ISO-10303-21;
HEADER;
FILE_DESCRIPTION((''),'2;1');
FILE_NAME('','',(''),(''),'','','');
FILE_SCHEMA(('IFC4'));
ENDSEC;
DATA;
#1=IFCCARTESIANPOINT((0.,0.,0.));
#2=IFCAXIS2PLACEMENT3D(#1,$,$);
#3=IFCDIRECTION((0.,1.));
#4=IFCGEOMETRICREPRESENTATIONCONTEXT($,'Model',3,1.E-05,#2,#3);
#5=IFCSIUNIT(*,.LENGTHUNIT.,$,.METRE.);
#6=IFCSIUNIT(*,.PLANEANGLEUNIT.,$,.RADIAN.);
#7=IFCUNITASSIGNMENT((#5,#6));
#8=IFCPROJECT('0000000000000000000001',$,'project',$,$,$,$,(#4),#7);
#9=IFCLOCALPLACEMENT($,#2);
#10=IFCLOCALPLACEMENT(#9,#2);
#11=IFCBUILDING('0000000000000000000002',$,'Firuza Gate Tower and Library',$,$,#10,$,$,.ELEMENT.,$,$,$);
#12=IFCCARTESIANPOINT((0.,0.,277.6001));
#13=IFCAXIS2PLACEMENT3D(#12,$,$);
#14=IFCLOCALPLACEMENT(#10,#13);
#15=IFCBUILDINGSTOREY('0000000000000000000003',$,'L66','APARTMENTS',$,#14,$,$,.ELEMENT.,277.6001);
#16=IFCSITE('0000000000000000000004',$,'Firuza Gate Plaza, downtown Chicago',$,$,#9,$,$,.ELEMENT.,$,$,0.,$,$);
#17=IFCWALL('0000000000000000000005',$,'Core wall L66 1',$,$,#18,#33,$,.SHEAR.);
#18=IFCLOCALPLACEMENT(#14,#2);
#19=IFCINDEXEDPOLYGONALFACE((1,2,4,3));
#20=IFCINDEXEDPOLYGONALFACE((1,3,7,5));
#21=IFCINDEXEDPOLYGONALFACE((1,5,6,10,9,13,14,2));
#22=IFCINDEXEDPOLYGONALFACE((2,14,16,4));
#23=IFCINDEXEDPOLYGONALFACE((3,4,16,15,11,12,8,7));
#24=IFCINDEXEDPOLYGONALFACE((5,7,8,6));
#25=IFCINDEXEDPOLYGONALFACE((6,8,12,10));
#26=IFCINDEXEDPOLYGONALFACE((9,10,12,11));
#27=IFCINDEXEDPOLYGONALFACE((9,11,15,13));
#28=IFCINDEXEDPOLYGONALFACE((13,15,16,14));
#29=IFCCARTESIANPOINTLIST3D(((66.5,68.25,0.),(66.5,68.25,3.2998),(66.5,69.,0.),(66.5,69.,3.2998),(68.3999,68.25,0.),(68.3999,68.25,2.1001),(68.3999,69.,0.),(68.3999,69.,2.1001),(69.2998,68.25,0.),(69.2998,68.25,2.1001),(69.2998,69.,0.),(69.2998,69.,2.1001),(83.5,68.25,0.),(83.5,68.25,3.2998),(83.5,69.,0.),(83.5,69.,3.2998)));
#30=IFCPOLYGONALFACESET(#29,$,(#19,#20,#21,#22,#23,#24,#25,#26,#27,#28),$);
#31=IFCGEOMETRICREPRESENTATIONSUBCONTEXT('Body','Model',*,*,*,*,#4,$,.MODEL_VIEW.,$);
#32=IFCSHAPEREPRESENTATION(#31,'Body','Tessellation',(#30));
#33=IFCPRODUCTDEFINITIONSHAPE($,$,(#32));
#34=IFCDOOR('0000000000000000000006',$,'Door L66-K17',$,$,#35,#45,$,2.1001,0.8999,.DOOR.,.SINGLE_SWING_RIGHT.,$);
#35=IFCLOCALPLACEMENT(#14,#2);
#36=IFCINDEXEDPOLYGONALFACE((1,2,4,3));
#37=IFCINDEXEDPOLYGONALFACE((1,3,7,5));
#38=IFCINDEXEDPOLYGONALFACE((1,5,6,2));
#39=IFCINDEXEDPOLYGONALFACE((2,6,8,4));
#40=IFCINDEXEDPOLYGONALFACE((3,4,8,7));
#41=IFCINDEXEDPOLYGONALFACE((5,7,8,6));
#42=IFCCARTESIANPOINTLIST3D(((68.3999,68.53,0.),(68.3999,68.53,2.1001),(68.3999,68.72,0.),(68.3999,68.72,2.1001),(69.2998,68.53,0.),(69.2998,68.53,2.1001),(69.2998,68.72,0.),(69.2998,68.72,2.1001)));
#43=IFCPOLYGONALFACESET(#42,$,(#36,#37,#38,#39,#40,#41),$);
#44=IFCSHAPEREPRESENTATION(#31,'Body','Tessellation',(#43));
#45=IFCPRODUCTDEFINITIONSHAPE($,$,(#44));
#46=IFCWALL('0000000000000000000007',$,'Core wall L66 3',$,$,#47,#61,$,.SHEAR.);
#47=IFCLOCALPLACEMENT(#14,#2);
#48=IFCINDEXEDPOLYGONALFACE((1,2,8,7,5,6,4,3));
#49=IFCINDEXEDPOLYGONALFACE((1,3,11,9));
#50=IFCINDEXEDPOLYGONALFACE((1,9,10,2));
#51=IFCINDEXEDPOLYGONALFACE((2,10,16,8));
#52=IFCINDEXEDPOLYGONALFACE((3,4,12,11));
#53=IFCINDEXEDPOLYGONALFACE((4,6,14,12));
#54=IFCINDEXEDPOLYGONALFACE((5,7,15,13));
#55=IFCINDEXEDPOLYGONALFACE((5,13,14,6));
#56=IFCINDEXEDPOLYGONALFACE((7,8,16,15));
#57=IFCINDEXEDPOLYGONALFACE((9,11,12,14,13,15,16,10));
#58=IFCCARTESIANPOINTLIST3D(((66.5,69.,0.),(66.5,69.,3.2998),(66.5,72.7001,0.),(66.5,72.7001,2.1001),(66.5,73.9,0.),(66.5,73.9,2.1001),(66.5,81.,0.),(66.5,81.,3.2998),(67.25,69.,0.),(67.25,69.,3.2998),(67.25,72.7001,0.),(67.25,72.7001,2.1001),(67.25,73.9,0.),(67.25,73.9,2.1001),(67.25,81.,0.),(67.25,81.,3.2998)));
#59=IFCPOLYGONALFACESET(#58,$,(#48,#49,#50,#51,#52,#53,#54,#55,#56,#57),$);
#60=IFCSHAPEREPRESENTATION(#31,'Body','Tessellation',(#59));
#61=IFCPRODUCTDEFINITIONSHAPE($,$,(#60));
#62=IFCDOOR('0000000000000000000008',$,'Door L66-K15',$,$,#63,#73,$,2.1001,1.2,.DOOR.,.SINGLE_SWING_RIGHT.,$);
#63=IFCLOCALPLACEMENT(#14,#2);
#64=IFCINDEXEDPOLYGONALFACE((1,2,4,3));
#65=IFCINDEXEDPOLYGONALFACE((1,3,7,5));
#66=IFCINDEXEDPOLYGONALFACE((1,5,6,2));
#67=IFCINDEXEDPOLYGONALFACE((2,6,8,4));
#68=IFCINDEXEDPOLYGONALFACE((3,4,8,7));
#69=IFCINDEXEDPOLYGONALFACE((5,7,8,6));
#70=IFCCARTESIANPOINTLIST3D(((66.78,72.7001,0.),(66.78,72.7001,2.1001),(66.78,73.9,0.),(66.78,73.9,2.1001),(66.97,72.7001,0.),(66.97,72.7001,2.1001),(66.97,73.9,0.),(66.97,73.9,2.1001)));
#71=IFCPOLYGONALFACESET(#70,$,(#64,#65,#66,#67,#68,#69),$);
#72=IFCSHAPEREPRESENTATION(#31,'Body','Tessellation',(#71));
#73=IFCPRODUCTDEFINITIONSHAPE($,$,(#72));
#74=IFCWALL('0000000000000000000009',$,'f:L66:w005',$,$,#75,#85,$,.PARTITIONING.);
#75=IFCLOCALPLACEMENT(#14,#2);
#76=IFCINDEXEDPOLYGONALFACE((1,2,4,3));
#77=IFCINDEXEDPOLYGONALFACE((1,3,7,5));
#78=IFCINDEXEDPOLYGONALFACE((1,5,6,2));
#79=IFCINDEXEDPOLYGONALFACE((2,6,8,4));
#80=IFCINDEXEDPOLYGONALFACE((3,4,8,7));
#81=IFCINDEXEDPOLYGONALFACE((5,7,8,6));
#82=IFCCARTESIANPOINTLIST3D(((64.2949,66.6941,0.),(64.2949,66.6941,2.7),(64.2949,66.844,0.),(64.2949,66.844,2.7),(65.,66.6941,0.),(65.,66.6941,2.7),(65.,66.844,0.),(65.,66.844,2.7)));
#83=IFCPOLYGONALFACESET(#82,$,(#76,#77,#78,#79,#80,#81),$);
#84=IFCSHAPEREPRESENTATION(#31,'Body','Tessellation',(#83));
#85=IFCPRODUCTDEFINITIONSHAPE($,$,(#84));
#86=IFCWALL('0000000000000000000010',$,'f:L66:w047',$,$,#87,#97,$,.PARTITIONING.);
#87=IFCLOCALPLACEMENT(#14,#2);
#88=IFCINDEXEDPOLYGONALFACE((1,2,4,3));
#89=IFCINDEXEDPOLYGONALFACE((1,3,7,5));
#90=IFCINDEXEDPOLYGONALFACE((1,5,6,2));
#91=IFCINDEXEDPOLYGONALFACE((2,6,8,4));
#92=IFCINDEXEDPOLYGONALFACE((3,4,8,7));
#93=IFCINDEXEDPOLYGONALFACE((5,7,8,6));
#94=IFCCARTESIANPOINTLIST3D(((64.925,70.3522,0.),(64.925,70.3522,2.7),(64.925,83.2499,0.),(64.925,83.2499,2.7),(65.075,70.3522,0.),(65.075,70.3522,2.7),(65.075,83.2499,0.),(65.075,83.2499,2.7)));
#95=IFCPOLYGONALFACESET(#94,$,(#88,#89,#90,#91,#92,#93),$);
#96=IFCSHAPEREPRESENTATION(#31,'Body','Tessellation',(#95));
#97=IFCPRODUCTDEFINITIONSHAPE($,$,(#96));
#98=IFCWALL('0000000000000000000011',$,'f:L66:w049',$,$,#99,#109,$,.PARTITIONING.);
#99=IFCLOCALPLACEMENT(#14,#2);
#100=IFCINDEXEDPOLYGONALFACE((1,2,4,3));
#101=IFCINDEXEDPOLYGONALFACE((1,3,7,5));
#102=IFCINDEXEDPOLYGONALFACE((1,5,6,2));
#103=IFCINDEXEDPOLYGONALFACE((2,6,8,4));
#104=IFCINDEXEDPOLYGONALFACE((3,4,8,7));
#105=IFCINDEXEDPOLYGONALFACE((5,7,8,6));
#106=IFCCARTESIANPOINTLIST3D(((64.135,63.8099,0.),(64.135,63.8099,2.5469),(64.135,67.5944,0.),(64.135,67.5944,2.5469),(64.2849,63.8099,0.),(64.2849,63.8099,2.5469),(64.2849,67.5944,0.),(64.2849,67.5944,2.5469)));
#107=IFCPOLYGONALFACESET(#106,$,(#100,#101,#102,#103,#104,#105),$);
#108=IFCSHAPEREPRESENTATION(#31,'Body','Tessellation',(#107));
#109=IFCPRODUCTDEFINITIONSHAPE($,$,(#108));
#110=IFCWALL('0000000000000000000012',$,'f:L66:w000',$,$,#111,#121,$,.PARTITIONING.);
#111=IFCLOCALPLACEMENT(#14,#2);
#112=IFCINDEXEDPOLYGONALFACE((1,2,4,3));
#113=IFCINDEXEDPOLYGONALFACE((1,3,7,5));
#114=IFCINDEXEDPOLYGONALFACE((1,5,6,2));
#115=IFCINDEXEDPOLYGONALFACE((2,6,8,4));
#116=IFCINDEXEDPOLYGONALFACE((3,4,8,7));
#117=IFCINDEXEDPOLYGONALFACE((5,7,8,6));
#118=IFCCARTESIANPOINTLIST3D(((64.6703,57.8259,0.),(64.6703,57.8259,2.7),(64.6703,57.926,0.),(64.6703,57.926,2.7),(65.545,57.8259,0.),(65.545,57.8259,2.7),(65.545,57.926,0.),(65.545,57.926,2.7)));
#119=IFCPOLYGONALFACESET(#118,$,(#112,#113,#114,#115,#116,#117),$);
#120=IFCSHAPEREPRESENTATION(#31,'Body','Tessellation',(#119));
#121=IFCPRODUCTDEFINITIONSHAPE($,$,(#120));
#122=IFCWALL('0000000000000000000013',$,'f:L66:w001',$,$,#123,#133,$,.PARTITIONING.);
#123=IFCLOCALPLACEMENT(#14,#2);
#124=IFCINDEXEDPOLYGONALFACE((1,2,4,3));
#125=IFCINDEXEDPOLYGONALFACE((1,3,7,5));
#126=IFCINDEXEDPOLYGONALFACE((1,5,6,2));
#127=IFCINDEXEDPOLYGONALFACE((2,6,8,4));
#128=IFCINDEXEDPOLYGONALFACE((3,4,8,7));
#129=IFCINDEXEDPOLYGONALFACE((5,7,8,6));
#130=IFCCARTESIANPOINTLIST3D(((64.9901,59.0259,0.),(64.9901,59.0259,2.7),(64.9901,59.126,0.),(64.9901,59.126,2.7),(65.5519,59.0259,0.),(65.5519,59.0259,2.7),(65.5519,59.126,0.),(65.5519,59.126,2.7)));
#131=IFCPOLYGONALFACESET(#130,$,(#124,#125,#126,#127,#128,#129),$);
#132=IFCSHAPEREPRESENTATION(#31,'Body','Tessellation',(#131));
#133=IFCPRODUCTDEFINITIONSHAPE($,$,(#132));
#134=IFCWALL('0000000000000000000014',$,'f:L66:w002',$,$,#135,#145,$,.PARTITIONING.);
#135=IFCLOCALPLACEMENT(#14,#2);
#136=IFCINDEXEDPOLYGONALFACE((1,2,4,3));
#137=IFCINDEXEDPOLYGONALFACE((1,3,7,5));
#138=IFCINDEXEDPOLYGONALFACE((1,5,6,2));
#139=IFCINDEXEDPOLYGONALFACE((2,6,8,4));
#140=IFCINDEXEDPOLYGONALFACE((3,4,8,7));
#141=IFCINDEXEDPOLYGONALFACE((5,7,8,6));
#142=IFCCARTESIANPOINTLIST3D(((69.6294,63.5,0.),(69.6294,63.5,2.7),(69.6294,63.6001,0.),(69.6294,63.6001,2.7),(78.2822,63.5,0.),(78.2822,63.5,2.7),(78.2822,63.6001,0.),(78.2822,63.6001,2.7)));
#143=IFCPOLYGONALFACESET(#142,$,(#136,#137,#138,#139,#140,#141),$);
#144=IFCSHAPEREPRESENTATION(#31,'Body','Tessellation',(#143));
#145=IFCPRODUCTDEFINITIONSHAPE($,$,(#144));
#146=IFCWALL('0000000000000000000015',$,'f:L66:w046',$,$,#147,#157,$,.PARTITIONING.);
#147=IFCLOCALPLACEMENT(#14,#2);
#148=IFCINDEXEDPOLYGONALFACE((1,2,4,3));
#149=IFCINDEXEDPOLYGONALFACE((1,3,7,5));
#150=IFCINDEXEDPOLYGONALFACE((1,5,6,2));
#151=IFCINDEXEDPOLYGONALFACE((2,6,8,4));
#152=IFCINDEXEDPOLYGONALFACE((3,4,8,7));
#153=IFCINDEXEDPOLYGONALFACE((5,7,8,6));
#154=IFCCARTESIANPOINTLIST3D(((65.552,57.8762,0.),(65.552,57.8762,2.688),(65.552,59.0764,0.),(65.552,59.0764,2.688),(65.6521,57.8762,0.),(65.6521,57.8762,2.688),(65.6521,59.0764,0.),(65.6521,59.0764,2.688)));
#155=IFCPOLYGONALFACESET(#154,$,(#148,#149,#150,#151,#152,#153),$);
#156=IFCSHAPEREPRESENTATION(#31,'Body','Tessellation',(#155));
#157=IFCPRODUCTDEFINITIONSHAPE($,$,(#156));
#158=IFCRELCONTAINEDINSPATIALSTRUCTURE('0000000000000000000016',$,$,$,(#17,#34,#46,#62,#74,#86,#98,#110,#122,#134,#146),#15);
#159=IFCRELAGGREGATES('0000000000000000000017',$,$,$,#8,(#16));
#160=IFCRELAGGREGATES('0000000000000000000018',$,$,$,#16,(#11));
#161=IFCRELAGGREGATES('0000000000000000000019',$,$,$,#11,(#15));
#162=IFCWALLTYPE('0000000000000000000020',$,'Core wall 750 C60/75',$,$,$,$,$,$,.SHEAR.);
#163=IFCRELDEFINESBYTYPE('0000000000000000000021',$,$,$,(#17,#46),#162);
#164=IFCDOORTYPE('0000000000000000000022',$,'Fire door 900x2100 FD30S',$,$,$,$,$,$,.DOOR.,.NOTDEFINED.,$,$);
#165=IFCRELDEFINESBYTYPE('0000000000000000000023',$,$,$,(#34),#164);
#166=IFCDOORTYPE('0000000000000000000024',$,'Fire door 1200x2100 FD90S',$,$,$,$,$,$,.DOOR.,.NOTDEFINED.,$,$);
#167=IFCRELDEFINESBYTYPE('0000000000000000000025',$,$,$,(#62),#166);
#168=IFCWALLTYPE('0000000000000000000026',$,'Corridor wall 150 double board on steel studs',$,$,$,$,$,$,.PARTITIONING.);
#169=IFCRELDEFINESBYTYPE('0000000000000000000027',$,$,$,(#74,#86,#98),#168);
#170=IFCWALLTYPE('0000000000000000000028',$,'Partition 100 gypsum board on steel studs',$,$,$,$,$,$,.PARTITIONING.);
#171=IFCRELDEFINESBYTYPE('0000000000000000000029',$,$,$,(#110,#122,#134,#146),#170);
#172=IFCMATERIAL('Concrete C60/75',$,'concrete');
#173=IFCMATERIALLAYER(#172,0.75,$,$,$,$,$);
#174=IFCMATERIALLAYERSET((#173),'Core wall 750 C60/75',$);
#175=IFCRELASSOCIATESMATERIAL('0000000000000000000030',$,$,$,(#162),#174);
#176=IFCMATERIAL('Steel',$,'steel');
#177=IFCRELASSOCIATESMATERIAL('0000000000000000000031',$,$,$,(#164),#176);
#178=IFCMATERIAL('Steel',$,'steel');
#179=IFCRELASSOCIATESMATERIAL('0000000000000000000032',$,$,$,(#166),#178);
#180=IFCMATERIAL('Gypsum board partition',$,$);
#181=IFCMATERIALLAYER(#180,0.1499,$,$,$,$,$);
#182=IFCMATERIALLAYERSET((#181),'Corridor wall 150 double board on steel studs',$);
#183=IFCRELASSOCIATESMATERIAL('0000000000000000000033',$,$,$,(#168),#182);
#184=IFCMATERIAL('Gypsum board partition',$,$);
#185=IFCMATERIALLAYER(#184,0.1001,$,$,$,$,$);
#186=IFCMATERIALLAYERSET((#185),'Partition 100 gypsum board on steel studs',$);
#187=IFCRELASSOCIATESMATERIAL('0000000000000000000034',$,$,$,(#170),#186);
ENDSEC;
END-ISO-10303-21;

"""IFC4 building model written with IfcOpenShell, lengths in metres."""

from ifc_helpers import new_model, si_unit, direction, frame, frame_2d, origin, place, context, subcontext, project, spatial, rectangle, extrude, material, layer, layer_set, type_object, element, fill, save


model = new_model("IFC4")

# Units and contexts
model_context = context("Model", 3, precision=1e-05, world=origin(), true_north=direction((0.0, 1.0)))
body_context = subcontext(model_context, "Body", "Model", "MODEL_VIEW")
ifc_project = project(units=[si_unit("LENGTHUNIT", "METRE"), si_unit("PLANEANGLEUNIT", "RADIAN")], contexts=[model_context])

# Site, building, storey
site_placement = place(None, origin())
site = spatial("IfcSite", under=ifc_project, at=site_placement, Name="Firuza Gate Plaza, downtown Chicago", CompositionType="ELEMENT", RefElevation=0.0)
building_placement = place(site_placement, origin())
building = spatial("IfcBuilding", under=site, at=building_placement, Name="Firuza Gate Tower and Library", CompositionType="ELEMENT")
storey_placement = place(building_placement, frame((0.0, 0.0, 277.6001)))
storey = spatial("IfcBuildingStorey", under=building, at=storey_placement, Name="L66", Description="APARTMENTS", CompositionType="ELEMENT", Elevation=277.6001)

# Walls, openings, doors
ifc_material_1 = material(Name="Concrete C60/75", Category="concrete")
ifc_layer_1 = layer(ifc_material_1, 0.75)
ifc_layer_set_1 = layer_set([ifc_layer_1], Name="Core wall 750 C60/75")
wall_type_1 = type_object("IfcWallType", Name="Core wall 750 C60/75", PredefinedType="SHEAR", material=ifc_layer_set_1)
wall_1_placement = place(storey_placement, frame((66.5, 68.625, 0.0), z_axis=(0.0, 0.0, 1.0), x_axis=(1.0, 0.0, 0.0)))
wall_1 = element("IfcWall", 1, at=wall_1_placement, inside=storey, type_object=wall_type_1, Name="Core wall L66 1", PredefinedType="SHEAR", context=body_context, shape_type="SweptSolid", body=[
    extrude(rectangle(XDim=17.0, YDim=0.75, at=frame_2d((8.5, 0.0))), origin(), (0.0, 0.0, 1.0), 3.2998),
])
opening_1_placement = place(wall_1_placement, frame((1.8999, 0.0, 0.0)))
opening_1 = element("IfcOpeningElement", 2, at=opening_1_placement, cuts=wall_1, PredefinedType="OPENING", context=body_context, shape_type="SweptSolid", body=[
    extrude(rectangle(XDim=0.8999, YDim=2.1001, at=frame_2d((0.45, 1.05))), frame((0.0, 0.385, 0.0), z_axis=(0.0, -1.0, 0.0), x_axis=(1.0, 0.0, 0.0)), (0.0, 0.0, 1.0), 0.77),
])
ifc_material_2 = material(Name="Steel", Category="steel")
door_type_1 = type_object("IfcDoorType", Name="Fire door 900x2100 FD30S", OperationType="NOTDEFINED", PredefinedType="DOOR", material=ifc_material_2)
door_1_placement = place(opening_1_placement, origin())
door_1 = element("IfcDoor", 3, at=door_1_placement, inside=storey, type_object=door_type_1, Name="Door L66-K17", OperationType="SINGLE_SWING_RIGHT", OverallHeight=2.1001, OverallWidth=0.8999, PredefinedType="DOOR", context=body_context, shape_type="SweptSolid", body=[
    extrude(rectangle(XDim=0.8999, YDim=2.1001, at=frame_2d((0.45, 1.05))), frame((0.0, 0.095, 0.0), z_axis=(0.0, -1.0, 0.0), x_axis=(1.0, 0.0, 0.0)), (0.0, 0.0, 1.0), 0.1899),
])
fill(opening_1, door_1)
wall_2_placement = place(storey_placement, frame((66.875, 69.0, 0.0), z_axis=(0.0, 0.0, 1.0), x_axis=(0.0, 1.0, 0.0)))
wall_2 = element("IfcWall", 4, at=wall_2_placement, inside=storey, type_object=wall_type_1, Name="Core wall L66 3", PredefinedType="SHEAR", context=body_context, shape_type="SweptSolid", body=[
    extrude(rectangle(XDim=12.0, YDim=0.75, at=frame_2d((6.0, 0.0))), origin(), (0.0, 0.0, 1.0), 3.2998),
])
opening_2_placement = place(wall_2_placement, frame((3.7, 0.0, 0.0)))
opening_2 = element("IfcOpeningElement", 5, at=opening_2_placement, cuts=wall_2, PredefinedType="OPENING", context=body_context, shape_type="SweptSolid", body=[
    extrude(rectangle(XDim=1.2, YDim=2.1001, at=frame_2d((0.6001, 1.05))), frame((0.0, 0.385, 0.0), z_axis=(0.0, -1.0, 0.0), x_axis=(1.0, 0.0, 0.0)), (0.0, 0.0, 1.0), 0.77),
])
ifc_material_3 = material(Name="Steel", Category="steel")
door_type_2 = type_object("IfcDoorType", Name="Fire door 1200x2100 FD90S", OperationType="NOTDEFINED", PredefinedType="DOOR", material=ifc_material_3)
door_2_placement = place(opening_2_placement, origin())
door_2 = element("IfcDoor", 6, at=door_2_placement, inside=storey, type_object=door_type_2, Name="Door L66-K15", OperationType="SINGLE_SWING_RIGHT", OverallHeight=2.1001, OverallWidth=1.2, PredefinedType="DOOR", context=body_context, shape_type="SweptSolid", body=[
    extrude(rectangle(XDim=1.2, YDim=2.1001, at=frame_2d((0.6001, 1.05))), frame((0.0, 0.095, 0.0), z_axis=(0.0, -1.0, 0.0), x_axis=(1.0, 0.0, 0.0)), (0.0, 0.0, 1.0), 0.1899),
])
fill(opening_2, door_2)

# Walls
ifc_material_4 = material(Name="Gypsum board partition")
ifc_layer_2 = layer(ifc_material_4, 0.1499)
ifc_layer_set_2 = layer_set([ifc_layer_2], Name="Corridor wall 150 double board on steel studs")
wall_type_2 = type_object("IfcWallType", Name="Corridor wall 150 double board on steel studs", PredefinedType="PARTITIONING", material=ifc_layer_set_2)
wall_3_placement = place(storey_placement, frame((64.2949, 66.769, 0.0), z_axis=(0.0, 0.0, 1.0), x_axis=(1.0, 0.0, 0.0)))
element("IfcWall", 7, at=wall_3_placement, inside=storey, type_object=wall_type_2, Name="f:L66:w005", PredefinedType="PARTITIONING", context=body_context, shape_type="SweptSolid", body=[
    extrude(rectangle(XDim=0.7051, YDim=0.1499, at=frame_2d((0.3525, 0.0))), origin(), (0.0, 0.0, 1.0), 2.7),
])
wall_4_placement = place(storey_placement, frame((65.0, 70.3523, 0.0), z_axis=(0.0, 0.0, 1.0), x_axis=(0.0, 1.0, 0.0)))
element("IfcWall", 8, at=wall_4_placement, inside=storey, type_object=wall_type_2, Name="f:L66:w047", PredefinedType="PARTITIONING", context=body_context, shape_type="SweptSolid", body=[
    extrude(rectangle(XDim=12.8977, YDim=0.1499, at=frame_2d((6.4487, 0.0))), origin(), (0.0, 0.0, 1.0), 2.7),
])
wall_5_placement = place(storey_placement, frame((64.21, 63.8101, 0.0), z_axis=(0.0, 0.0, 1.0), x_axis=(0.0, 1.0, 0.0)))
element("IfcWall", 9, at=wall_5_placement, inside=storey, type_object=wall_type_2, Name="f:L66:w049", PredefinedType="PARTITIONING", context=body_context, shape_type="SweptSolid", body=[
    extrude(rectangle(XDim=3.7844, YDim=0.1499, at=frame_2d((1.8921, 0.0))), origin(), (0.0, 0.0, 1.0), 2.5469),
])
ifc_material_5 = material(Name="Gypsum board partition")
ifc_layer_3 = layer(ifc_material_5, 0.1001)
ifc_layer_set_3 = layer_set([ifc_layer_3], Name="Partition 100 gypsum board on steel studs")
wall_type_3 = type_object("IfcWallType", Name="Partition 100 gypsum board on steel studs", PredefinedType="PARTITIONING", material=ifc_layer_set_3)
wall_6_placement = place(storey_placement, frame((64.6702, 57.876, 0.0), z_axis=(0.0, 0.0, 1.0), x_axis=(1.0, 0.0, 0.0)))
element("IfcWall", 10, at=wall_6_placement, inside=storey, type_object=wall_type_3, Name="f:L66:w000", PredefinedType="PARTITIONING", context=body_context, shape_type="SweptSolid", body=[
    extrude(rectangle(XDim=0.8748, YDim=0.1001, at=frame_2d((0.4375, 0.0))), origin(), (0.0, 0.0, 1.0), 2.7),
])
wall_7_placement = place(storey_placement, frame((64.9902, 59.0759, 0.0), z_axis=(0.0, 0.0, 1.0), x_axis=(1.0, 0.0, 0.0)))
element("IfcWall", 11, at=wall_7_placement, inside=storey, type_object=wall_type_3, Name="f:L66:w001", PredefinedType="PARTITIONING", context=body_context, shape_type="SweptSolid", body=[
    extrude(rectangle(XDim=0.5618, YDim=0.1001, at=frame_2d((0.2808, 0.0))), origin(), (0.0, 0.0, 1.0), 2.7),
])
wall_8_placement = place(storey_placement, frame((69.6294, 63.55, 0.0), z_axis=(0.0, 0.0, 1.0), x_axis=(1.0, 0.0, 0.0)))
element("IfcWall", 12, at=wall_8_placement, inside=storey, type_object=wall_type_3, Name="f:L66:w002", PredefinedType="PARTITIONING", context=body_context, shape_type="SweptSolid", body=[
    extrude(rectangle(XDim=8.6528, YDim=0.1001, at=frame_2d((4.3264, 0.0))), origin(), (0.0, 0.0, 1.0), 2.7),
])
wall_9_placement = place(storey_placement, frame((65.6021, 57.8762, 0.0), z_axis=(0.0, 0.0, 1.0), x_axis=(0.0, 1.0, 0.0)))
element("IfcWall", 13, at=wall_9_placement, inside=storey, type_object=wall_type_3, Name="f:L66:w046", PredefinedType="PARTITIONING", context=body_context, shape_type="SweptSolid", body=[
    extrude(rectangle(XDim=1.2002, YDim=0.1001, at=frame_2d((0.6001, 0.0))), origin(), (0.0, 0.0, 1.0), 2.688),
])

save(model, "model.ifc")
